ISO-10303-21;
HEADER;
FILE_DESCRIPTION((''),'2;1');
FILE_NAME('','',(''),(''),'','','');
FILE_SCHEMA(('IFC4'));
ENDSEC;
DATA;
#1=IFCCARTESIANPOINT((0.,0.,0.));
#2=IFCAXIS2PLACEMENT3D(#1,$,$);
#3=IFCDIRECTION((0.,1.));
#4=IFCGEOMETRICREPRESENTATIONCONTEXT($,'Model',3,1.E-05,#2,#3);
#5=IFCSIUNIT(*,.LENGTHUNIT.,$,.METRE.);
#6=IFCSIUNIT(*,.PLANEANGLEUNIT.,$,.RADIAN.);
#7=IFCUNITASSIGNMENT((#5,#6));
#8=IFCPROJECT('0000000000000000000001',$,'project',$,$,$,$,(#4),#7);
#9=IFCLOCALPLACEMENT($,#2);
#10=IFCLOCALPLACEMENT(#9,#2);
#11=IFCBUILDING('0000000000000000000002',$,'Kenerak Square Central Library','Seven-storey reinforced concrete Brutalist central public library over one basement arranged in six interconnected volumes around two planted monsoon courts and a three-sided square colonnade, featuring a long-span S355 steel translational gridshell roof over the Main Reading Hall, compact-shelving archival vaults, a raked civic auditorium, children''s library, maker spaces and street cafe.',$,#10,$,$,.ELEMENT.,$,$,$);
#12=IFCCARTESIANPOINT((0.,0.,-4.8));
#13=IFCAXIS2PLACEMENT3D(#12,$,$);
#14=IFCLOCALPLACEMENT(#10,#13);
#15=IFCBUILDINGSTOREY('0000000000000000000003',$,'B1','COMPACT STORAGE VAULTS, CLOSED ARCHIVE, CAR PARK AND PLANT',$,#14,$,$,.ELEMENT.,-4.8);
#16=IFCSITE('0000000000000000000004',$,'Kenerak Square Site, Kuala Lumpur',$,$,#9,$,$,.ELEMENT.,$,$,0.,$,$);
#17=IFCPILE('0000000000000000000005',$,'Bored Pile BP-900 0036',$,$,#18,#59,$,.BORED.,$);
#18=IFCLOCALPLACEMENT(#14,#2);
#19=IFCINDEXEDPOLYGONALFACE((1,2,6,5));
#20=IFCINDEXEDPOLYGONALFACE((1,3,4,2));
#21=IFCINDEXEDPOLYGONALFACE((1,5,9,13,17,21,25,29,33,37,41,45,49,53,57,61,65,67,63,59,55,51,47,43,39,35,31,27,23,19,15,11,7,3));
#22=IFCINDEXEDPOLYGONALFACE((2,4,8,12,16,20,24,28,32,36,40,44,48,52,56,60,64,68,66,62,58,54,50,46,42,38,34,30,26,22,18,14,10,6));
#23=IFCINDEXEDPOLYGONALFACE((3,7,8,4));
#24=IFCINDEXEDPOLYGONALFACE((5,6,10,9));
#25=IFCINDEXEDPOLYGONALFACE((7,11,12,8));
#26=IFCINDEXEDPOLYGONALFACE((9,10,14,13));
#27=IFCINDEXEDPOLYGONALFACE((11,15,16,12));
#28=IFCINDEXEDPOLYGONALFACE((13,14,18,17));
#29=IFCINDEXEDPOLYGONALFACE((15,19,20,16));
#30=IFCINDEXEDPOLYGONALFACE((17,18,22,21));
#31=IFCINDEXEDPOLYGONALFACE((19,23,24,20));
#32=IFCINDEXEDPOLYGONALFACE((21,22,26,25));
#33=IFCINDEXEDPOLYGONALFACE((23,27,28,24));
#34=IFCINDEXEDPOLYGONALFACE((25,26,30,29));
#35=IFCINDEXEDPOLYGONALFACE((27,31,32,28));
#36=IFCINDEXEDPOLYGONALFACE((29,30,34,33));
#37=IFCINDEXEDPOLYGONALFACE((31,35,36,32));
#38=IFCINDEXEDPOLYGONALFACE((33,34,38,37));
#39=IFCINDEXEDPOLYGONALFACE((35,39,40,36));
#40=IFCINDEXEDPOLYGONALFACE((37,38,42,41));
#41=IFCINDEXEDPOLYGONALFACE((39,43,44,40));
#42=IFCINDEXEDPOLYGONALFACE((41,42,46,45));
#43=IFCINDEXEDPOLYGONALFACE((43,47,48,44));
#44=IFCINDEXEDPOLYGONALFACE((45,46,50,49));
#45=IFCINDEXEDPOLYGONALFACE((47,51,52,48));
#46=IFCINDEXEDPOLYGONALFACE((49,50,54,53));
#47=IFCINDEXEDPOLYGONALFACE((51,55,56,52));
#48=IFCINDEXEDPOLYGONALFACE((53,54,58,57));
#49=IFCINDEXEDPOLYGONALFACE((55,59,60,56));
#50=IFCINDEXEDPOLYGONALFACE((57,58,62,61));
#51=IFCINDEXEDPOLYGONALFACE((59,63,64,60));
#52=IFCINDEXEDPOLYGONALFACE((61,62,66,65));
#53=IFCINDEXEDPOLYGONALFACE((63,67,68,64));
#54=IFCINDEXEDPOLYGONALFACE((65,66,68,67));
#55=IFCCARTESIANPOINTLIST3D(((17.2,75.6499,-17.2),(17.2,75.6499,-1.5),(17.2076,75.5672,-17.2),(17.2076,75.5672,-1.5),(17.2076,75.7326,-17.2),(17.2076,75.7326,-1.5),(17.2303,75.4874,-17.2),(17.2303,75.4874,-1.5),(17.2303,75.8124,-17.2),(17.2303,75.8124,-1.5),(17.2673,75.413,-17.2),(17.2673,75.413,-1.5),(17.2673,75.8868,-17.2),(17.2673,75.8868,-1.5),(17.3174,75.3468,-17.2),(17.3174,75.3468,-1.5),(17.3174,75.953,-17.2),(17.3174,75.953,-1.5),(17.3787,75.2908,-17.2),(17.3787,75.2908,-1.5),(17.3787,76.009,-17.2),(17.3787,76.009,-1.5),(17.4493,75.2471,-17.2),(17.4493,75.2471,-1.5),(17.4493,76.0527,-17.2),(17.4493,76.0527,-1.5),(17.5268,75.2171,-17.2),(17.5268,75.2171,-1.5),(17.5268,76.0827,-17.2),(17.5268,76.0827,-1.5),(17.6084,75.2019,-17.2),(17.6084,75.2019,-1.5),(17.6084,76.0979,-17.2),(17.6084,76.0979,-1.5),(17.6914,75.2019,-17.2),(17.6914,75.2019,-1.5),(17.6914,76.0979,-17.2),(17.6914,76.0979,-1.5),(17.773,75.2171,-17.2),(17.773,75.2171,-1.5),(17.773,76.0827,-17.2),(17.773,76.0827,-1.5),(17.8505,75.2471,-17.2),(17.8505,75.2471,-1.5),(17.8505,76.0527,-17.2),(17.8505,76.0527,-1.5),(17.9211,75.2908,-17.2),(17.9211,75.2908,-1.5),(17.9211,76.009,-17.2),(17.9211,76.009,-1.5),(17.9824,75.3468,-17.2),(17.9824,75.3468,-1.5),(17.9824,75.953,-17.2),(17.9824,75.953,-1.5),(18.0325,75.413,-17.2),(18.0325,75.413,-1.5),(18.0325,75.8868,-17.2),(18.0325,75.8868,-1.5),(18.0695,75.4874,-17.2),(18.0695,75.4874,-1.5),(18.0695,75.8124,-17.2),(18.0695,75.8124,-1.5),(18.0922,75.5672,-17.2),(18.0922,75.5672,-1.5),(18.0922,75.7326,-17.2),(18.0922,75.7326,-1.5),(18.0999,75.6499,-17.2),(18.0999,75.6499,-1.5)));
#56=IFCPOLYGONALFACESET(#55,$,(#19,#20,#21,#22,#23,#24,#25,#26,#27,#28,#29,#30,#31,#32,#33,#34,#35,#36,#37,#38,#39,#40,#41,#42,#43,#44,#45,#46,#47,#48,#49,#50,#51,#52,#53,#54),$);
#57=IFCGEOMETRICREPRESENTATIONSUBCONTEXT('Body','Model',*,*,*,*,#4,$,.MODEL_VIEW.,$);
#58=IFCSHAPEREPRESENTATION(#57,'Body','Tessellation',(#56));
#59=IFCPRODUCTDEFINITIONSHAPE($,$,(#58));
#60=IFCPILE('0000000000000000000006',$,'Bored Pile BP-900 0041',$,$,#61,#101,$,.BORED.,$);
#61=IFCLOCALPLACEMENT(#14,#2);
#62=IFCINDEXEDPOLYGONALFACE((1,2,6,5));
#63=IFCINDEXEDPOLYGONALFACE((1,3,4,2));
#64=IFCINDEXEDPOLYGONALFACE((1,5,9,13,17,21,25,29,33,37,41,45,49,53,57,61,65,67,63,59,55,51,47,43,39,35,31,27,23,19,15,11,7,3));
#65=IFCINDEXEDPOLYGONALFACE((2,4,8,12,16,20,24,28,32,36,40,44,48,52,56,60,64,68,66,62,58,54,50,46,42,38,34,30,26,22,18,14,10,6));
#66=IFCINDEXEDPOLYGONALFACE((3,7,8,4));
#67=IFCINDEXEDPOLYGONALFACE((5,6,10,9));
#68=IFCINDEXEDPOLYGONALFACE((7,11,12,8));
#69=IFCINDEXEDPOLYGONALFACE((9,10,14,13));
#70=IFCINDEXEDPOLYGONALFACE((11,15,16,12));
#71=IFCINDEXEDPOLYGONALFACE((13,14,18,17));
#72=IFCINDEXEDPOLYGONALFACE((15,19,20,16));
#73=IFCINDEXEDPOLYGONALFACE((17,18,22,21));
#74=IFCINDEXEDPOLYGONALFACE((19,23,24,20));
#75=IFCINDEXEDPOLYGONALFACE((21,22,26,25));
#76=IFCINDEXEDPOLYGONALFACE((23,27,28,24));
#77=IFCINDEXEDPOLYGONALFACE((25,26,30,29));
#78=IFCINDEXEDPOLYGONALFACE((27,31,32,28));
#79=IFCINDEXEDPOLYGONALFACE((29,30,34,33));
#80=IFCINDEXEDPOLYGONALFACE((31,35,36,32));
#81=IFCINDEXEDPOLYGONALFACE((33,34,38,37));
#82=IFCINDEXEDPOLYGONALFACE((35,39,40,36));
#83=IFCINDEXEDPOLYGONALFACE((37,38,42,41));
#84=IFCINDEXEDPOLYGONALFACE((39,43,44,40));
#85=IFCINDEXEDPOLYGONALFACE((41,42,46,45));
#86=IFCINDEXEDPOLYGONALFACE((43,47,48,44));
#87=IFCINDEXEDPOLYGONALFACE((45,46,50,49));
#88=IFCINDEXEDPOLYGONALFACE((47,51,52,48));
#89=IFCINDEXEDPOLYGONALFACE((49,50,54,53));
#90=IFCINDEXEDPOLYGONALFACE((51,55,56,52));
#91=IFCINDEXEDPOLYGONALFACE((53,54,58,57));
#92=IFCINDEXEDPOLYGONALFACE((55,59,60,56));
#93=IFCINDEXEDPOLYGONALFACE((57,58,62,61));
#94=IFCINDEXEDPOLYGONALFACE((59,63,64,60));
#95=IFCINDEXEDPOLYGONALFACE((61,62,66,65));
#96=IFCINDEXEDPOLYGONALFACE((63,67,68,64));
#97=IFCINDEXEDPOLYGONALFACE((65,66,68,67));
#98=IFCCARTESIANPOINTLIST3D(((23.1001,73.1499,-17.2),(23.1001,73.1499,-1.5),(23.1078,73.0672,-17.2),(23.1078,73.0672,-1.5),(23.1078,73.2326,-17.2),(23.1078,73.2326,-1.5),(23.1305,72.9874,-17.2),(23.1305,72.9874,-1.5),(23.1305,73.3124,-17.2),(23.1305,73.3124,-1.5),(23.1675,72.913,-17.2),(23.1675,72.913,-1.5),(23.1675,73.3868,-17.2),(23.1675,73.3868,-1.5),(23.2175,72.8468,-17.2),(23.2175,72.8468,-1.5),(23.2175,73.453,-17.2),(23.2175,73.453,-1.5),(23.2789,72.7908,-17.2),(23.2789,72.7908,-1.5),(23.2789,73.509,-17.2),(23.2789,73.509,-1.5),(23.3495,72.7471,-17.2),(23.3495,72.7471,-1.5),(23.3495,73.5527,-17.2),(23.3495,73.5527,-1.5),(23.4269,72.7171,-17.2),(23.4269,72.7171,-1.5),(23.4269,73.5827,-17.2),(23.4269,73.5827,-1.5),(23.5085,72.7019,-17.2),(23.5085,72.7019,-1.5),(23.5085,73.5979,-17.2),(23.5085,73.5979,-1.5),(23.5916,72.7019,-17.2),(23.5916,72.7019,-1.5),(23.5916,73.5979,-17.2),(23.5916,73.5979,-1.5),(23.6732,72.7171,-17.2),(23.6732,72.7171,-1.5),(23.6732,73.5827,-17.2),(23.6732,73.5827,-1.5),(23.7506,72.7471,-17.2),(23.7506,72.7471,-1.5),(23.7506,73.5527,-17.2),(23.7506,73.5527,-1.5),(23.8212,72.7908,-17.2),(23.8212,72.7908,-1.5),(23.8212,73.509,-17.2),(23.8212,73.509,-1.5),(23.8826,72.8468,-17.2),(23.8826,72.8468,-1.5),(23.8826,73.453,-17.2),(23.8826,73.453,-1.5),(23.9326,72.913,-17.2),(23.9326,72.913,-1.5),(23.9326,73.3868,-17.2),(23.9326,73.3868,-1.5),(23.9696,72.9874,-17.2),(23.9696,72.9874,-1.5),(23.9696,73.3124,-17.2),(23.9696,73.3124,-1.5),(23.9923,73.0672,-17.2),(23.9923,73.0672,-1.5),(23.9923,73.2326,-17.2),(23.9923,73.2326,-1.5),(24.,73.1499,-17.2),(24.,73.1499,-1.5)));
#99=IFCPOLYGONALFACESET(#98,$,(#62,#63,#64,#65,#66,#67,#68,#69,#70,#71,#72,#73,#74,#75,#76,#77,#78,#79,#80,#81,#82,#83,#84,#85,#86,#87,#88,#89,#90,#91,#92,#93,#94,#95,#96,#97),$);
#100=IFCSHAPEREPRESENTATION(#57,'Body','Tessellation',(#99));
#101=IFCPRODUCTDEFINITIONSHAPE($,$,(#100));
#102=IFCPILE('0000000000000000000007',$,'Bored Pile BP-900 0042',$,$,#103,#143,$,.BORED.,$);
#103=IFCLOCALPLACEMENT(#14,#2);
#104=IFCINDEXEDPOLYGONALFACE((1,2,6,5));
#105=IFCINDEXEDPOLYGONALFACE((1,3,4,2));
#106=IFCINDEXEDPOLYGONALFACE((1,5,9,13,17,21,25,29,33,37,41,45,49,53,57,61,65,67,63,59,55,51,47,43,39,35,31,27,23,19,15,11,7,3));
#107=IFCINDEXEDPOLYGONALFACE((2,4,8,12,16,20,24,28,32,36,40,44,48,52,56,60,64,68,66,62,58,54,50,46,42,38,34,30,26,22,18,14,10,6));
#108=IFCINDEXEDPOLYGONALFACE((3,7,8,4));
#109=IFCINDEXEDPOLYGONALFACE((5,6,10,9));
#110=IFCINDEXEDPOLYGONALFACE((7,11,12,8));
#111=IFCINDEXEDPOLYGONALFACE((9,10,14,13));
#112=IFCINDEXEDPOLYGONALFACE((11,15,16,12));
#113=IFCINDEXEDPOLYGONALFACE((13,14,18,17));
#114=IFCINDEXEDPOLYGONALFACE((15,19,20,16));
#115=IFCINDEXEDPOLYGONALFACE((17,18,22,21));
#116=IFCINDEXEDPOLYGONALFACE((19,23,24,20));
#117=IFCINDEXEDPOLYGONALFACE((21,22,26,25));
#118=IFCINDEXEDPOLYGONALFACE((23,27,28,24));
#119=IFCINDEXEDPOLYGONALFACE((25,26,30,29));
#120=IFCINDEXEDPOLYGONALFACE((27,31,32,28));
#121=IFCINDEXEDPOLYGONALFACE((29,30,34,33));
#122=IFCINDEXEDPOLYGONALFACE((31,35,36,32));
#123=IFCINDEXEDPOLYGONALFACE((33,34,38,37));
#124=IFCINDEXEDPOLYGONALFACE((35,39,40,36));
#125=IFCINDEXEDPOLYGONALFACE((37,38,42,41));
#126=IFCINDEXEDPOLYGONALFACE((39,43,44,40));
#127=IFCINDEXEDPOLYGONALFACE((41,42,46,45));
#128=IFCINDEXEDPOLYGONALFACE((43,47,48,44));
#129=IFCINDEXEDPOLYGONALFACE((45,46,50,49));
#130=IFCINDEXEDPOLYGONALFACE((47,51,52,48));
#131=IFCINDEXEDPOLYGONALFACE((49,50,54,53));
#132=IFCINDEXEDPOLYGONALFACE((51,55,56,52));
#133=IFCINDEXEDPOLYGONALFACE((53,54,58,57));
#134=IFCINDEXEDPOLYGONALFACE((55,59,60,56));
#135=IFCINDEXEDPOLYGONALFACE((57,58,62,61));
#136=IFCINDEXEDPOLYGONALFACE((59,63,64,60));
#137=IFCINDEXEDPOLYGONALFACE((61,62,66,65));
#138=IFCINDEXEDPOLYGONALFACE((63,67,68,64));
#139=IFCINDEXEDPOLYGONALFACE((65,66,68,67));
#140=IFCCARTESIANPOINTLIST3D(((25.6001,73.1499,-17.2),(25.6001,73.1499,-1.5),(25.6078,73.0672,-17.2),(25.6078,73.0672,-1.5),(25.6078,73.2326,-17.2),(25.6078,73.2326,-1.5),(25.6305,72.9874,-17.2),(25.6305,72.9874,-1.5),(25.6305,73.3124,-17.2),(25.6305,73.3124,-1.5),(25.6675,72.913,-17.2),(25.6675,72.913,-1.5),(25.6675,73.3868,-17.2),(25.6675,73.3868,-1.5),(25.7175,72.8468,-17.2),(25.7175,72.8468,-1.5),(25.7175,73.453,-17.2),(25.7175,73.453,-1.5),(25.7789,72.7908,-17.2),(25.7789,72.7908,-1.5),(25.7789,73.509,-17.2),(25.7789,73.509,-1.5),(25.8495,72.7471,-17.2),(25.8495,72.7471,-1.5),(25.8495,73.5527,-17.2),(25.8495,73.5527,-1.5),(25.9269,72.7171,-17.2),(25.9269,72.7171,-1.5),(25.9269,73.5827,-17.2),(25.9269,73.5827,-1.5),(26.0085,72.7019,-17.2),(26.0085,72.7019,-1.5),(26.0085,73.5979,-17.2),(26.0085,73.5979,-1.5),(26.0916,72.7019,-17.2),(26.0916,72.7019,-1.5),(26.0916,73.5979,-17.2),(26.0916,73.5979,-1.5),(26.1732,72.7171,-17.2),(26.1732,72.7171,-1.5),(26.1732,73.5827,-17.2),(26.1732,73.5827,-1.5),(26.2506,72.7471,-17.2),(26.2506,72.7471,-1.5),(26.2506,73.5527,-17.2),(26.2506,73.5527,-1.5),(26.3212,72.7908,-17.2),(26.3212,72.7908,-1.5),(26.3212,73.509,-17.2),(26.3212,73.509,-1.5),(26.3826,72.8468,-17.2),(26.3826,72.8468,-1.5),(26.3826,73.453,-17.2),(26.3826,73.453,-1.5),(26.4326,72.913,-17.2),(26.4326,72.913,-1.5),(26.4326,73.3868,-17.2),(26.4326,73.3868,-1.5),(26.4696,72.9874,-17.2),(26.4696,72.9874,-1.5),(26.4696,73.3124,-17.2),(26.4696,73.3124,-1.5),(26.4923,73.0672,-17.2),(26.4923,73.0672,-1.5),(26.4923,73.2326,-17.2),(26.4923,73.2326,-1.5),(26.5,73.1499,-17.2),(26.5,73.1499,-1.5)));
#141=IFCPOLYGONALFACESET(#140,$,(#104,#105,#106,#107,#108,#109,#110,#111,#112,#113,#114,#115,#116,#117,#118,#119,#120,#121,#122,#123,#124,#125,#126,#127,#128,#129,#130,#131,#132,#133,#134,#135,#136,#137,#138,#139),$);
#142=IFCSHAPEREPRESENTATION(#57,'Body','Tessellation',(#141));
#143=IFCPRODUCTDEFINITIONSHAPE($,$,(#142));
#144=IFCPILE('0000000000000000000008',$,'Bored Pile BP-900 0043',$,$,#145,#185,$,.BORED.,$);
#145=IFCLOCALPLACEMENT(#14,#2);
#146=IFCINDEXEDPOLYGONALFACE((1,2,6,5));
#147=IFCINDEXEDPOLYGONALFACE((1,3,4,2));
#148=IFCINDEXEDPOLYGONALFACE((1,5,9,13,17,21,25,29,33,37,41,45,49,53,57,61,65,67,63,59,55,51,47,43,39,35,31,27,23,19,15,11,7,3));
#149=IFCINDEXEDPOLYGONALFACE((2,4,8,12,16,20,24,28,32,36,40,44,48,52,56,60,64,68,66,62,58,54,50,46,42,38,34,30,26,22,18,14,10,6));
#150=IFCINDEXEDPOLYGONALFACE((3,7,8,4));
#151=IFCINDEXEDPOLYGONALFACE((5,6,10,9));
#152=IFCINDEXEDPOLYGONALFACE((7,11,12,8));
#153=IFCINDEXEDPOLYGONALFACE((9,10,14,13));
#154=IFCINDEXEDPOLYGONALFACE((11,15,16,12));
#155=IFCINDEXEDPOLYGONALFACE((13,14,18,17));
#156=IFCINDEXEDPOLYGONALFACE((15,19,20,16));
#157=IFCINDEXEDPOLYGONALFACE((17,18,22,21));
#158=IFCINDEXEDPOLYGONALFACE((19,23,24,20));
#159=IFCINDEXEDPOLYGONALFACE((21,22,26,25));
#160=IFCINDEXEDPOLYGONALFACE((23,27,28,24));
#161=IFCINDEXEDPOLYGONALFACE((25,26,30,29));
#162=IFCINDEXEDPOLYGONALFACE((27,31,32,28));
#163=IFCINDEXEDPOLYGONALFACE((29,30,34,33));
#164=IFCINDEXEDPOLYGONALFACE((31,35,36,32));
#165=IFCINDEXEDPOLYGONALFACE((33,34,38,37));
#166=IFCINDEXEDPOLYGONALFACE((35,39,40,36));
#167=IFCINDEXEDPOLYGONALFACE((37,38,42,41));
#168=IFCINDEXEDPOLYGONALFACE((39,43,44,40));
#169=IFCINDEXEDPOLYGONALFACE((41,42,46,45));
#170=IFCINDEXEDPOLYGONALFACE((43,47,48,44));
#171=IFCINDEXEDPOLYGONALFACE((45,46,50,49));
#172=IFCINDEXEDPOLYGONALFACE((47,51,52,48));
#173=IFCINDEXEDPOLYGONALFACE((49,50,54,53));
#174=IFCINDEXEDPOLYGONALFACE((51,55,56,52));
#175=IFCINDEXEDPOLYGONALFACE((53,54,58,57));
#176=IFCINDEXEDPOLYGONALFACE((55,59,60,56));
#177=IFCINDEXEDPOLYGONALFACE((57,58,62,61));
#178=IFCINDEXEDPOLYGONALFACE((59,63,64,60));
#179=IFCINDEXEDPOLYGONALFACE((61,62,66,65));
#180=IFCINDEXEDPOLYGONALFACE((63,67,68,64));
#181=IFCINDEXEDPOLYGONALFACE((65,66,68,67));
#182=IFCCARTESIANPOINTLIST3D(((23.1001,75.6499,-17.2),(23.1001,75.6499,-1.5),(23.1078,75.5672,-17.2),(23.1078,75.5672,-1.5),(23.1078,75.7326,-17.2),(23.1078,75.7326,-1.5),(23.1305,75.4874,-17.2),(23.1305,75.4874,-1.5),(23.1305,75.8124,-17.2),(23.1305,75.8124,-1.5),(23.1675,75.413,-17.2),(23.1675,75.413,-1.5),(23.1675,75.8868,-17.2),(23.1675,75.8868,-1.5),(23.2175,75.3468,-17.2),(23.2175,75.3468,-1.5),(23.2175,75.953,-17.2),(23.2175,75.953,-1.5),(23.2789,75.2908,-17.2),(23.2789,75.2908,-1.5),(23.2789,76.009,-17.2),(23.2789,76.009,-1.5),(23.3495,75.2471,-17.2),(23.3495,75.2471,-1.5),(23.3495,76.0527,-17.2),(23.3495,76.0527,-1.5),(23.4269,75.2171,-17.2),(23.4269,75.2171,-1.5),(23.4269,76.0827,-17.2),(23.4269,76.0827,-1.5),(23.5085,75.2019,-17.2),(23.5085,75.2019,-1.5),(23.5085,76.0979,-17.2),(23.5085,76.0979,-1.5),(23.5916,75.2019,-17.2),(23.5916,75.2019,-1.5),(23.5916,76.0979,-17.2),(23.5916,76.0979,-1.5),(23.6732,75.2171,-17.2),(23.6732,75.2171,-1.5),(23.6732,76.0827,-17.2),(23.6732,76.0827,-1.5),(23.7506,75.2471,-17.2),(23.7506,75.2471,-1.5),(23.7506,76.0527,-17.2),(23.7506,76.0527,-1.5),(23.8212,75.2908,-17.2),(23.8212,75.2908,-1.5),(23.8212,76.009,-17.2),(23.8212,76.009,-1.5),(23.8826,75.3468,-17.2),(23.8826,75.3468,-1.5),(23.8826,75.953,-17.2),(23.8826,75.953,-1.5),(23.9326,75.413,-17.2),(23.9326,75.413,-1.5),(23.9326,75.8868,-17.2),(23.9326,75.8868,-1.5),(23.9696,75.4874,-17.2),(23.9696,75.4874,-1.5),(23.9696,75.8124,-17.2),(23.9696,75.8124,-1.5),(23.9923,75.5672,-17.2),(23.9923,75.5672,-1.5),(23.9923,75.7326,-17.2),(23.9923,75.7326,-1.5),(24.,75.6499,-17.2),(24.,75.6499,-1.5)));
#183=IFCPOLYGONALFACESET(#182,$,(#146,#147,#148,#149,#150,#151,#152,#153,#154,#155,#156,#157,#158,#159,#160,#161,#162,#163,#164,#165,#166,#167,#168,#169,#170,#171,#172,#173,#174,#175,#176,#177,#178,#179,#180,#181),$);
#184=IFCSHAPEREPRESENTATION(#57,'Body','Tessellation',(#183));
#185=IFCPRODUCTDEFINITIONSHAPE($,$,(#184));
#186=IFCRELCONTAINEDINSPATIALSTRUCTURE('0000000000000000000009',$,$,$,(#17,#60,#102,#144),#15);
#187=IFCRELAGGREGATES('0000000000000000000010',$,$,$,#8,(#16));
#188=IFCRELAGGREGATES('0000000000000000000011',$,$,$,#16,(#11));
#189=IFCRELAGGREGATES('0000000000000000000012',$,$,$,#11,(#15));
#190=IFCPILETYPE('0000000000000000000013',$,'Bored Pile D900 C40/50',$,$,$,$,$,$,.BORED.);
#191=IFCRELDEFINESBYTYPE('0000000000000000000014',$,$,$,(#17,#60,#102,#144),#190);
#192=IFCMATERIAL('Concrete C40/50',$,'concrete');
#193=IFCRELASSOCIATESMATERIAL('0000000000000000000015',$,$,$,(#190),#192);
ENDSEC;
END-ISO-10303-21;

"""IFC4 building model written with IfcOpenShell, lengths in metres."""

from ifc_helpers import new_model, si_unit, direction, frame, origin, origin_2d, place, context, subcontext, project, spatial, circle, extrude, material, material_profile, profile_set, type_object, element, save


model = new_model("IFC4")

# Units and contexts
model_context = context("Model", 3, precision=1e-05, world=origin(), true_north=direction((0.0, 1.0)))
body_context = subcontext(model_context, "Body", "Model", "MODEL_VIEW")
ifc_project = project(units=[si_unit("LENGTHUNIT", "METRE"), si_unit("PLANEANGLEUNIT", "RADIAN")], contexts=[model_context])

# Site, building, storey
site_placement = place(None, origin())
site = spatial("IfcSite", under=ifc_project, at=site_placement, Name="Kenerak Square Site, Kuala Lumpur", CompositionType="ELEMENT", RefElevation=0.0)
building_placement = place(site_placement, origin())
building = spatial("IfcBuilding", under=site, at=building_placement, Name="Kenerak Square Central Library", Description="Seven-storey reinforced concrete Brutalist central public library over one basement arranged in six interconnected volumes around two planted monsoon courts and a three-sided square colonnade, featuring a long-span S355 steel translational gridshell roof over the Main Reading Hall, compact-shelving archival vaults, a raked civic auditorium, children's library, maker spaces and street cafe.", CompositionType="ELEMENT")
storey_placement = place(building_placement, frame((0.0, 0.0, -4.8)))
storey = spatial("IfcBuildingStorey", under=building, at=storey_placement, Name="B1", Description="COMPACT STORAGE VAULTS, CLOSED ARCHIVE, CAR PARK AND PLANT", CompositionType="ELEMENT", Elevation=-4.8)

# Piles
ifc_material_1 = material(Name="Concrete C40/50", Category="concrete")
ifc_material_profile_1 = material_profile(ifc_material_1, circle(Radius=0.45, at=origin_2d()), Name="BP D900")
ifc_profile_set_1 = profile_set([ifc_material_profile_1], Name="Concrete C40/50")
pile_type = type_object("IfcPileType", Name="Bored Pile D900 C40/50", PredefinedType="BORED", material=ifc_profile_set_1)
for number, where, z_axis, x_axis, name in (
    (1, (17.6499, 75.6499, -1.5), (0.0, 0.0, -1.0), (1.0, 0.0, 0.0), "Bored Pile BP-900 0036"),
    (2, (23.55, 73.1499, -1.5), (0.0, 0.0, -1.0), (1.0, 0.0, 0.0), "Bored Pile BP-900 0041"),
    (3, (26.05, 73.1499, -1.5), (0.0, 0.0, -1.0), (1.0, 0.0, 0.0), "Bored Pile BP-900 0042"),
    (4, (23.55, 75.6499, -1.5), (0.0, 0.0, -1.0), (1.0, 0.0, 0.0), "Bored Pile BP-900 0043"),
):
    element("IfcPile", number, at=place(storey_placement, frame(where, z_axis=z_axis, x_axis=x_axis)), inside=storey, type_object=pile_type, Name=name, PredefinedType="BORED", context=body_context, shape_type="SweptSolid", body=[
        extrude(circle(Radius=0.45, at=origin_2d()), origin(), (0.0, 0.0, 1.0), 15.7),
    ])

save(model, "model.ifc")
